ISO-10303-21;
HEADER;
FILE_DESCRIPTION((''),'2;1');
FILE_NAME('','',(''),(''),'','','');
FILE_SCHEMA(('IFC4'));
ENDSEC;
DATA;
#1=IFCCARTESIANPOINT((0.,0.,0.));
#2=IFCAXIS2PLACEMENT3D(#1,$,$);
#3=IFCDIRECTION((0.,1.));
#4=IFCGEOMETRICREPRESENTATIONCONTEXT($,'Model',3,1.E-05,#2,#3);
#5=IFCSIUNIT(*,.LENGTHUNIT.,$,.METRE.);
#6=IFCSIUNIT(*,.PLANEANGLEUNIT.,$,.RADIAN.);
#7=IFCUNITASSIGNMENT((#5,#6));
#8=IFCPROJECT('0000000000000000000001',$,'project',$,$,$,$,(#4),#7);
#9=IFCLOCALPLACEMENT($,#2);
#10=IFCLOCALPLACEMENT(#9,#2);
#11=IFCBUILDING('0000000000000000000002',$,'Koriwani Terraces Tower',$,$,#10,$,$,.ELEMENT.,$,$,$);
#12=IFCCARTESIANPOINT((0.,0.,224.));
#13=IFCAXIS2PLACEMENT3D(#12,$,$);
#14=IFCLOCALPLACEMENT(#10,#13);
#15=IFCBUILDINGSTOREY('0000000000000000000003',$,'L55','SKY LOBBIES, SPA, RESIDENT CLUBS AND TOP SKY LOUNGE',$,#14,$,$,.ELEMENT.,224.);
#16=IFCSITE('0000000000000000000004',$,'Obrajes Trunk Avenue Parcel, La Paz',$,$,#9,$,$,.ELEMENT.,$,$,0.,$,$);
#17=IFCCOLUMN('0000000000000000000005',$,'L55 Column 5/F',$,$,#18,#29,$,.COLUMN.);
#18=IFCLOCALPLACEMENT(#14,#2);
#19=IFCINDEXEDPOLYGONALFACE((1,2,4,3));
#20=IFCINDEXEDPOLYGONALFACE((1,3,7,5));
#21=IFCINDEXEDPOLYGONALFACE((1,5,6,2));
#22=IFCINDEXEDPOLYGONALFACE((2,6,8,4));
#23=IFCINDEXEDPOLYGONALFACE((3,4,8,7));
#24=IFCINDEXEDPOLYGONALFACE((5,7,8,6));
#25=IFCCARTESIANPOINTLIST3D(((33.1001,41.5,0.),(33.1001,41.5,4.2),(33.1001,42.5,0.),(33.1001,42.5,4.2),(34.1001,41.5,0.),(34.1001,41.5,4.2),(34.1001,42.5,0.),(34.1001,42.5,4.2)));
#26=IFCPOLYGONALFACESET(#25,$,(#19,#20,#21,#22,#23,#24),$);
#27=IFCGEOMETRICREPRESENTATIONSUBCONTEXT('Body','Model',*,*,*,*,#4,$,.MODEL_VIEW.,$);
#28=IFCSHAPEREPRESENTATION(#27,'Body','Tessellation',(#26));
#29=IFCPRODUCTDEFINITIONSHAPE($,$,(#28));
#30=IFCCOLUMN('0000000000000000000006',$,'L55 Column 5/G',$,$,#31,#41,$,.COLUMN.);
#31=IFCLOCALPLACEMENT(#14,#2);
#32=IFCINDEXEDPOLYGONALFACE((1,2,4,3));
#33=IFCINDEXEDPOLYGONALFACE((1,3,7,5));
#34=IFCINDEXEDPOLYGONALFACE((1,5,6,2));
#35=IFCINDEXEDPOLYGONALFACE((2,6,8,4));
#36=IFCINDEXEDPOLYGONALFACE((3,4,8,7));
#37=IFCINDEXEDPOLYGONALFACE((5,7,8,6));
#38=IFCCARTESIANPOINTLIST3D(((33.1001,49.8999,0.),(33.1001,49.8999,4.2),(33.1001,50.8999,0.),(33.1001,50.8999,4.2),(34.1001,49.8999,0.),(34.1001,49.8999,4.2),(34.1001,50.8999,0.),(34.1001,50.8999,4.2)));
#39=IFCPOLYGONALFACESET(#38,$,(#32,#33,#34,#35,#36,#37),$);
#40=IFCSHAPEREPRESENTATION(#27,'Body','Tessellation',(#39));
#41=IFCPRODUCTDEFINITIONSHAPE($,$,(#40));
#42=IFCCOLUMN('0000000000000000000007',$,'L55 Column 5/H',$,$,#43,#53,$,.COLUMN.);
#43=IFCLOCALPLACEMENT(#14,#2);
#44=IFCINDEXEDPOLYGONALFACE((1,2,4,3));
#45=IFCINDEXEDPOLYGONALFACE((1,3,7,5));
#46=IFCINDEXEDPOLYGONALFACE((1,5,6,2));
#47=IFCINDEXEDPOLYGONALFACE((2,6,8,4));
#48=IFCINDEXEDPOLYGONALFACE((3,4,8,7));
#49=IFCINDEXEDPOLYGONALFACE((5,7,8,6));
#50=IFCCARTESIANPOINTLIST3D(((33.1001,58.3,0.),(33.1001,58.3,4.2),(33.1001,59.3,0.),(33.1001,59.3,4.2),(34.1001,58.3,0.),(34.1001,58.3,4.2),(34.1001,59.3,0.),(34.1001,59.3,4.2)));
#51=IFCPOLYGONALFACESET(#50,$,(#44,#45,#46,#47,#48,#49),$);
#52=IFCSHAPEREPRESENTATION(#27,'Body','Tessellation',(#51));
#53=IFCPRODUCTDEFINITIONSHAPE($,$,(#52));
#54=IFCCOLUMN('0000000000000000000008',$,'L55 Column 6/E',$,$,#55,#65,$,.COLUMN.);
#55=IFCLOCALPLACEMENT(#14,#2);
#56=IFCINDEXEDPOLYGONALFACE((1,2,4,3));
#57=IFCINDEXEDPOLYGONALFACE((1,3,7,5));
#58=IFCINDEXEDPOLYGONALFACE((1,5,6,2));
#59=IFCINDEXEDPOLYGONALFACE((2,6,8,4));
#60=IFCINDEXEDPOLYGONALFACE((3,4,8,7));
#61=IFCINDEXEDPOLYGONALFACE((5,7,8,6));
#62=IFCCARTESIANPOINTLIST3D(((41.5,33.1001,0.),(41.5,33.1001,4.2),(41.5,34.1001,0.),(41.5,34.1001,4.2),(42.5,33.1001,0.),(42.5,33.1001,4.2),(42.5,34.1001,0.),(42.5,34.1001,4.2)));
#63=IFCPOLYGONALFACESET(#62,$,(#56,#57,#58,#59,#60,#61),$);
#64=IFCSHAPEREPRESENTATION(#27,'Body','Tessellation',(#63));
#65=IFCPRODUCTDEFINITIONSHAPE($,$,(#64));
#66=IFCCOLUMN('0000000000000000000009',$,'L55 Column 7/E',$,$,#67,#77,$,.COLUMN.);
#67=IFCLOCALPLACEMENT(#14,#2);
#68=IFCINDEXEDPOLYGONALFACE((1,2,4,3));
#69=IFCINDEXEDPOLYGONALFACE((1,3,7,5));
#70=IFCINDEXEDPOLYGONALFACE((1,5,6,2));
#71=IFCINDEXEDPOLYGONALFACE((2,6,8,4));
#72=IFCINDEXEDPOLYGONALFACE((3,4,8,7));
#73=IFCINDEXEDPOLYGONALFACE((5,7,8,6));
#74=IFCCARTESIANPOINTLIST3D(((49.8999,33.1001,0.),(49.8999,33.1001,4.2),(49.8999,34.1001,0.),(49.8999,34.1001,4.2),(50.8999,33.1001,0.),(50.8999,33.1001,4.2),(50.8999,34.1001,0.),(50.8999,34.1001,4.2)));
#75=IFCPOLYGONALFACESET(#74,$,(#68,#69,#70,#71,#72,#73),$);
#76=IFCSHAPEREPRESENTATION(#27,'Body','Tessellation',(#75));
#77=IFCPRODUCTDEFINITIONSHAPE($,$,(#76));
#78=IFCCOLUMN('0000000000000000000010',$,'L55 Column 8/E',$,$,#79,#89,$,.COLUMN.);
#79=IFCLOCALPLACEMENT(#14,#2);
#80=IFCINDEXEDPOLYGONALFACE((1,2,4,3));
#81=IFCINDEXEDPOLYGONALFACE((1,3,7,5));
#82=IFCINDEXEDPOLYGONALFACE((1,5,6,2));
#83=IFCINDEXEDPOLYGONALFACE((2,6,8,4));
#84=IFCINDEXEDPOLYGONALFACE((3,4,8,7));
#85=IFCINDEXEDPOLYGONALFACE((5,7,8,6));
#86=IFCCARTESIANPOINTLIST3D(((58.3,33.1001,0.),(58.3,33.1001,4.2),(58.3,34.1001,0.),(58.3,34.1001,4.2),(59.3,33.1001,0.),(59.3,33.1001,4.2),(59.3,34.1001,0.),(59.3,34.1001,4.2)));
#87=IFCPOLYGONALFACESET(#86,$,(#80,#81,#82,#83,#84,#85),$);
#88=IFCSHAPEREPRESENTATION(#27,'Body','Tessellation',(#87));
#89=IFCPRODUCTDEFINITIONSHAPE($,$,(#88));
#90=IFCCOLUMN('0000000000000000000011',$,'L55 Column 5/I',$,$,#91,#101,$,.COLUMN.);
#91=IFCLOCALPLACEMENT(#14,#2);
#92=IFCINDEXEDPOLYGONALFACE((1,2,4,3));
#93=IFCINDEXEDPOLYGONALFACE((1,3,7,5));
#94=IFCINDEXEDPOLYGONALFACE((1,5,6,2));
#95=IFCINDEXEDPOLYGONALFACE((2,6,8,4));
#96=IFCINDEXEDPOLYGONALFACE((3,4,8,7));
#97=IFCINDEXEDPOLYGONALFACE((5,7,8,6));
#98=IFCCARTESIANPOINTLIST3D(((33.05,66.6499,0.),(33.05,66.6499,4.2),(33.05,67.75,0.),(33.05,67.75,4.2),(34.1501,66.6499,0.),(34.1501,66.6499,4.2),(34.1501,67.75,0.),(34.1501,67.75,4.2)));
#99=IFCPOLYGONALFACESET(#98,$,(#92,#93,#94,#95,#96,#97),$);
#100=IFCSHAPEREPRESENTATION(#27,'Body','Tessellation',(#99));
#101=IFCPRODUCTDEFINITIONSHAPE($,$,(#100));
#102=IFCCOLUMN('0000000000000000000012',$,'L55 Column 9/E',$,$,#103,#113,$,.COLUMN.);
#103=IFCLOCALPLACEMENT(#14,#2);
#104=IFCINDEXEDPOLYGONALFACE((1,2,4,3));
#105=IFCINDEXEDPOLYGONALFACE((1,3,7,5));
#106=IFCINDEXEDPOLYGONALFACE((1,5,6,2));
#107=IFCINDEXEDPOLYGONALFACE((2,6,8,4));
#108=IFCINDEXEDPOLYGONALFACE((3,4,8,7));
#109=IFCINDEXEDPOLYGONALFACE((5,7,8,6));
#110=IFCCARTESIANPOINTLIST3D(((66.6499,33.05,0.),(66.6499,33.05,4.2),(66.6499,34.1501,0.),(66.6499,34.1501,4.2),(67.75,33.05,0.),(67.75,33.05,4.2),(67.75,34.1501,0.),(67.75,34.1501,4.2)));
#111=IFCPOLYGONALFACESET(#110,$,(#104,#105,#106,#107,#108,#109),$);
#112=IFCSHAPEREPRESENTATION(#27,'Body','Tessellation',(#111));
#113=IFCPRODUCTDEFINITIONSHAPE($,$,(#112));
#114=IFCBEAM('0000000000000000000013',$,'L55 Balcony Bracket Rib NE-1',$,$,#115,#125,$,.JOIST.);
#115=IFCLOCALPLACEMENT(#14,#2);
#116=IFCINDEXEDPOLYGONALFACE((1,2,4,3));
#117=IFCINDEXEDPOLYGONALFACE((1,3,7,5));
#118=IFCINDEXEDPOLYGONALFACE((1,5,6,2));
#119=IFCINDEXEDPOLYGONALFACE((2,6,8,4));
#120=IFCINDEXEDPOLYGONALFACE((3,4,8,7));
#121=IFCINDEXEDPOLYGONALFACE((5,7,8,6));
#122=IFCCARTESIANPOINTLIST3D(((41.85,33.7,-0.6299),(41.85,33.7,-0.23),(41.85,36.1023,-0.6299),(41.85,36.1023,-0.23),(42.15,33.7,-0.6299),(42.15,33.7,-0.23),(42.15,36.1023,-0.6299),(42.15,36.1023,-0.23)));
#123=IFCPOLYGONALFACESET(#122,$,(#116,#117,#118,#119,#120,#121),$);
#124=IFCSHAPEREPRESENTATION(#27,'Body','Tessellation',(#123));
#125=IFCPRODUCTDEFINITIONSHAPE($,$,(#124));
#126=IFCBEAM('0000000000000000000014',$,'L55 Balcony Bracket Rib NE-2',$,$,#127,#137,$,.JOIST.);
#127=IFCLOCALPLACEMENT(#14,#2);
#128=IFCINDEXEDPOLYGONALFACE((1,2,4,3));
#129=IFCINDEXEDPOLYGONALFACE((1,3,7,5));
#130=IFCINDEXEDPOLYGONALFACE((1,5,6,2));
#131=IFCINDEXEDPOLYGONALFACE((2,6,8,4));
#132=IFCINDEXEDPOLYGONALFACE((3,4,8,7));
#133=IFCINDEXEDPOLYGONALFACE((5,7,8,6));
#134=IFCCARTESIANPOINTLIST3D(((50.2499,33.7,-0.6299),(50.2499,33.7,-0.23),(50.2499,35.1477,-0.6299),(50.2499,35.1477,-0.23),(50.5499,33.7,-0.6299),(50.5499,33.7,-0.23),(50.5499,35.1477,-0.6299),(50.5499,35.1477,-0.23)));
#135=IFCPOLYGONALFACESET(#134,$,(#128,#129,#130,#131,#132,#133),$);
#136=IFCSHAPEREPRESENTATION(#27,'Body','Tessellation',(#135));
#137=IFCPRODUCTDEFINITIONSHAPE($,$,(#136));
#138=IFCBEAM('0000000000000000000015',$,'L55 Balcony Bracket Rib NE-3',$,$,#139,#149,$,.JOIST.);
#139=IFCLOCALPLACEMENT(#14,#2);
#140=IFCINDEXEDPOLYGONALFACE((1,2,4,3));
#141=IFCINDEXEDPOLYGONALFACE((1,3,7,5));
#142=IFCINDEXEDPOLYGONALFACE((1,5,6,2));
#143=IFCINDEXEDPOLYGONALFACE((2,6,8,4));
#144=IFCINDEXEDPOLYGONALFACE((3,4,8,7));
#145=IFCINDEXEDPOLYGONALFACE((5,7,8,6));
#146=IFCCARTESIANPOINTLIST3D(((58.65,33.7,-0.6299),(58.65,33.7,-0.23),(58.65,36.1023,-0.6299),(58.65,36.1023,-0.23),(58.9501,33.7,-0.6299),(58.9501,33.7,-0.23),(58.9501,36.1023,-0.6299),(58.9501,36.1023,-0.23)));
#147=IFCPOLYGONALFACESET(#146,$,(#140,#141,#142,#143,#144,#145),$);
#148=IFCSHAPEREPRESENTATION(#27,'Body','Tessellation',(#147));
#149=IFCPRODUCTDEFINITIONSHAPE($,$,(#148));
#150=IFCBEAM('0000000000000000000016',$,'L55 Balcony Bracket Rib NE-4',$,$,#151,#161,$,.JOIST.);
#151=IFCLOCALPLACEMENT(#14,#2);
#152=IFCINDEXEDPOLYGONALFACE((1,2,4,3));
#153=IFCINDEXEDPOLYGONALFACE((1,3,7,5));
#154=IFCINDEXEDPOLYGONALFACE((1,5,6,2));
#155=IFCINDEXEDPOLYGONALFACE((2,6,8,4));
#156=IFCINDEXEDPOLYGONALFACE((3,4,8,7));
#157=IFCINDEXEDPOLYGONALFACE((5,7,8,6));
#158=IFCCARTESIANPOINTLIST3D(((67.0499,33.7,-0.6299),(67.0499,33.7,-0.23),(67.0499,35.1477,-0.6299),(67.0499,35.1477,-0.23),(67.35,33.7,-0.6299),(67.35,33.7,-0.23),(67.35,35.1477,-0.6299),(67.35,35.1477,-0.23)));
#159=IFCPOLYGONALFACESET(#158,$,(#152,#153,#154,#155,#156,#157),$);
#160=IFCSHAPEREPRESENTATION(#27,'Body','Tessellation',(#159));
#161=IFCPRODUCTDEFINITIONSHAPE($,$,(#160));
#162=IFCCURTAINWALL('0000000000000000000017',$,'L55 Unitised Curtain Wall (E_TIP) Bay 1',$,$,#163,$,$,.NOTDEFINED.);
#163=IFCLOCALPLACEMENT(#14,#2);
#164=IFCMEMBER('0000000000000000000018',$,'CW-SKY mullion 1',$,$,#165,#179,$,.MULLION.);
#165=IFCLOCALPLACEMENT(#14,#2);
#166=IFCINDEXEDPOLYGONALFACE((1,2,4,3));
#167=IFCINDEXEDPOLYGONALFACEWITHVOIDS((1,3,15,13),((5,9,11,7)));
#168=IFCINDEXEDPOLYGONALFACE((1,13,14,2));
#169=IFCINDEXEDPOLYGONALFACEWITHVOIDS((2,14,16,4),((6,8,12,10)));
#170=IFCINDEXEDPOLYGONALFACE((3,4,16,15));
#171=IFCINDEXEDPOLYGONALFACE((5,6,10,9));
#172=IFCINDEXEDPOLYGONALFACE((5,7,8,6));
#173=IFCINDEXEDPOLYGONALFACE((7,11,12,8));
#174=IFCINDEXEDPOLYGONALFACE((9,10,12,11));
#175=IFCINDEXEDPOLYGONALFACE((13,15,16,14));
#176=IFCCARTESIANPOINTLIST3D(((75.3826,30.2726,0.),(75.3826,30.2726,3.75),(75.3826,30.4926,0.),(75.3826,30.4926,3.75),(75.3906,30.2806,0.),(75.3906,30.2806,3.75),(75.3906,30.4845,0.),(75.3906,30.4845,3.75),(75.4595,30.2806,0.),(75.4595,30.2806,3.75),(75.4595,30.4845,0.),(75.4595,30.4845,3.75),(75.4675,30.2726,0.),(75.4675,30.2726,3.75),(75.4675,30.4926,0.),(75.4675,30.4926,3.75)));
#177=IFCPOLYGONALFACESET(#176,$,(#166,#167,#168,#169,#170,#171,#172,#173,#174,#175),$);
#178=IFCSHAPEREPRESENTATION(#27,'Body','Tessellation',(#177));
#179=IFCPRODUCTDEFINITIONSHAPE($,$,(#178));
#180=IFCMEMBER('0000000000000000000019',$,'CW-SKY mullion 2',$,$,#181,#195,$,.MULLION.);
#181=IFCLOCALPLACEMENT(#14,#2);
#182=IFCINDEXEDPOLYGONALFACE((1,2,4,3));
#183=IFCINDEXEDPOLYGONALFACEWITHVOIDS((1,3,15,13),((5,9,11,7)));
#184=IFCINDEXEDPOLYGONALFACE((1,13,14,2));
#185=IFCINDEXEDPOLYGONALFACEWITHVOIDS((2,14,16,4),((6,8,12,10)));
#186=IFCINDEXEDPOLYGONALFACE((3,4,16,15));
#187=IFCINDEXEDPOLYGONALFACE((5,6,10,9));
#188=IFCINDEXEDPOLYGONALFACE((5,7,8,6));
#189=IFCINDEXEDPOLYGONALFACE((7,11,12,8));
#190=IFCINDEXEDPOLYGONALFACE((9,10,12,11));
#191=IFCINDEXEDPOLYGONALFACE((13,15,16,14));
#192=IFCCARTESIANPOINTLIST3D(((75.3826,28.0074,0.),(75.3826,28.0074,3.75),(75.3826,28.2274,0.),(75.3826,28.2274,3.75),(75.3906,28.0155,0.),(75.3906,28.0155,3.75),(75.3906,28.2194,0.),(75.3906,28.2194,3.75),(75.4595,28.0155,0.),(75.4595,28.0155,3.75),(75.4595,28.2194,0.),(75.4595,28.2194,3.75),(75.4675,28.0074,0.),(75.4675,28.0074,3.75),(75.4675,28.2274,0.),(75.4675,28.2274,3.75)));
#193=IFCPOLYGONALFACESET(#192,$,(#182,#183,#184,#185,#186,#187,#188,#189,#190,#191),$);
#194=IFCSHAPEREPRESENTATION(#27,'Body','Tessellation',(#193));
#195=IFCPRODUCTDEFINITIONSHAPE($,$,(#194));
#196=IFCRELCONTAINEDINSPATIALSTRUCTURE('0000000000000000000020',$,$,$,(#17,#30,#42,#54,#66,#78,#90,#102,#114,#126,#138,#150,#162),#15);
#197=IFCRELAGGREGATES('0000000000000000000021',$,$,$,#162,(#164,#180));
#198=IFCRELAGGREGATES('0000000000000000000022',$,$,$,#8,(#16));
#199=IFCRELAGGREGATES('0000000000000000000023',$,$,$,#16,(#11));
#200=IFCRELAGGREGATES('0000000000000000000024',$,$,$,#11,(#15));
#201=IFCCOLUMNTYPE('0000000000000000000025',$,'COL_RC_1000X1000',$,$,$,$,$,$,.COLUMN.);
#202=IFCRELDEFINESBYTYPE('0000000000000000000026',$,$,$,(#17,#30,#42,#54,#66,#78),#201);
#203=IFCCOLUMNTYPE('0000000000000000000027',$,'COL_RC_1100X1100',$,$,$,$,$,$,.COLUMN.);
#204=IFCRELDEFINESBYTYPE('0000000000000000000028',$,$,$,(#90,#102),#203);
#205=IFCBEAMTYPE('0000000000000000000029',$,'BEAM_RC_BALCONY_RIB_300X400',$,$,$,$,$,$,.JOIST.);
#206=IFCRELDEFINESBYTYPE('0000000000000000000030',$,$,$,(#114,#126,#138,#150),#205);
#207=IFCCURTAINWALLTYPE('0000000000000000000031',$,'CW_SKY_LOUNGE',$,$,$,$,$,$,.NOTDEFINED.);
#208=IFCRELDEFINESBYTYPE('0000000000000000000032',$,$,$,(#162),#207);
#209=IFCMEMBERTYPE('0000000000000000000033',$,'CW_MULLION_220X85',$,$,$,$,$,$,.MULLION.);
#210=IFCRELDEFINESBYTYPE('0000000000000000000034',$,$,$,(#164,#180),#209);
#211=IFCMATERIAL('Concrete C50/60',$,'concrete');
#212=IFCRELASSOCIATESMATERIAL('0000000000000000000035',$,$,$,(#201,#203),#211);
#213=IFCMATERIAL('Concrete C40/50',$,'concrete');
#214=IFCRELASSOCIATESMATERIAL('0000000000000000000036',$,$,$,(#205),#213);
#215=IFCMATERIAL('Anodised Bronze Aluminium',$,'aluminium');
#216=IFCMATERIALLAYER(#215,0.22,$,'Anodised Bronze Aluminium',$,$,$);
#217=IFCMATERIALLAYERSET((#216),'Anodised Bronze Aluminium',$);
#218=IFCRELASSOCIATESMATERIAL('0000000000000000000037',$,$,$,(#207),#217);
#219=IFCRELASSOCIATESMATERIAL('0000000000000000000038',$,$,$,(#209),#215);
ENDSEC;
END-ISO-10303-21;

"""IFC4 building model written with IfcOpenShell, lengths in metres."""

from ifc_helpers import new_model, si_unit, direction, frame, origin, origin_2d, place, context, subcontext, project, spatial, rectangle, hollow_rectangle, extrude, material, layer, layer_set, material_profile, profile_set, type_object, element, aggregate, save


model = new_model("IFC4")

# Units and contexts
model_context = context("Model", 3, precision=1e-05, world=origin(), true_north=direction((0.0, 1.0)))
body_context = subcontext(model_context, "Body", "Model", "MODEL_VIEW")
ifc_project = project(units=[si_unit("LENGTHUNIT", "METRE"), si_unit("PLANEANGLEUNIT", "RADIAN")], contexts=[model_context])

# Site, building, storey
site_placement = place(None, origin())
site = spatial("IfcSite", under=ifc_project, at=site_placement, Name="Obrajes Trunk Avenue Parcel, La Paz", CompositionType="ELEMENT", RefElevation=0.0)
building_placement = place(site_placement, origin())
building = spatial("IfcBuilding", under=site, at=building_placement, Name="Koriwani Terraces Tower", CompositionType="ELEMENT")
storey_placement = place(building_placement, frame((0.0, 0.0, 224.0)))
storey = spatial("IfcBuildingStorey", under=building, at=storey_placement, Name="L55", Description="SKY LOBBIES, SPA, RESIDENT CLUBS AND TOP SKY LOUNGE", CompositionType="ELEMENT", Elevation=224.0)

# Columns
ifc_material_1 = material(Name="Concrete C50/60", Category="concrete")
ifc_material_profile_1 = material_profile(ifc_material_1, rectangle(XDim=1.0, YDim=1.0, at=origin_2d()), Name="Concrete C50/60", Category="LoadBearing")
ifc_profile_set_1 = profile_set([ifc_material_profile_1], Name="Concrete C50/60")
column_type_1 = type_object("IfcColumnType", Name="COL_RC_1000X1000", PredefinedType="COLUMN", material=ifc_profile_set_1)
for number, where, z_axis, x_axis, name in (
    (1, (33.6001, 42.0, 0.0), (0.0, 0.0, 1.0), (1.0, 0.0, 0.0), "L55 Column 5/F"),
    (2, (33.6001, 50.3999, 0.0), (0.0, 0.0, 1.0), (1.0, 0.0, 0.0), "L55 Column 5/G"),
    (3, (33.6001, 58.8, 0.0), (0.0, 0.0, 1.0), (1.0, 0.0, 0.0), "L55 Column 5/H"),
    (4, (42.0, 33.6001, 0.0), (0.0, 0.0, 1.0), (1.0, 0.0, 0.0), "L55 Column 6/E"),
    (5, (50.3999, 33.6001, 0.0), (0.0, 0.0, 1.0), (1.0, 0.0, 0.0), "L55 Column 7/E"),
    (6, (58.8, 33.6001, 0.0), (0.0, 0.0, 1.0), (1.0, 0.0, 0.0), "L55 Column 8/E"),
):
    element("IfcColumn", number, at=place(storey_placement, frame(where, z_axis=z_axis, x_axis=x_axis)), inside=storey, type_object=column_type_1, Name=name, PredefinedType="COLUMN", context=body_context, shape_type="SweptSolid", body=[
        extrude(rectangle(XDim=1.0, YDim=1.0, at=origin_2d()), origin(), (0.0, 0.0, 1.0), 4.2),
    ])
ifc_material_profile_2 = material_profile(ifc_material_1, rectangle(XDim=1.1001, YDim=1.1001, at=origin_2d()), Name="Concrete C50/60", Category="LoadBearing")
ifc_profile_set_2 = profile_set([ifc_material_profile_2], Name="Concrete C50/60")
column_type_2 = type_object("IfcColumnType", Name="COL_RC_1100X1100", PredefinedType="COLUMN", material=ifc_profile_set_2)
for number, where, z_axis, x_axis, name in (
    (7, (33.6001, 67.2, 0.0), (0.0, 0.0, 1.0), (1.0, 0.0, 0.0), "L55 Column 5/I"),
    (8, (67.2, 33.6001, 0.0), (0.0, 0.0, 1.0), (1.0, 0.0, 0.0), "L55 Column 9/E"),
):
    element("IfcColumn", number, at=place(storey_placement, frame(where, z_axis=z_axis, x_axis=x_axis)), inside=storey, type_object=column_type_2, Name=name, PredefinedType="COLUMN", context=body_context, shape_type="SweptSolid", body=[
        extrude(rectangle(XDim=1.1001, YDim=1.1001, at=origin_2d()), origin(), (0.0, 0.0, 1.0), 4.2),
    ])

# Beams
ifc_material_2 = material(Name="Concrete C40/50", Category="concrete")
ifc_material_profile_3 = material_profile(ifc_material_2, rectangle(XDim=0.3, YDim=0.3999, at=origin_2d()), Name="Concrete C40/50", Category="LoadBearing")
ifc_profile_set_3 = profile_set([ifc_material_profile_3], Name="Concrete C40/50")
beam_type = type_object("IfcBeamType", Name="BEAM_RC_BALCONY_RIB_300X400", PredefinedType="JOIST", material=ifc_profile_set_3)
beam_1_placement = place(storey_placement, frame((42.0, 33.7, -0.4299), z_axis=(0.0, 1.0, 0.0), x_axis=(-1.0, 0.0, 0.0)))
element("IfcBeam", 9, at=beam_1_placement, inside=storey, type_object=beam_type, Name="L55 Balcony Bracket Rib NE-1", PredefinedType="JOIST", context=body_context, shape_type="SweptSolid", body=[
    extrude(rectangle(XDim=0.3, YDim=0.3999, at=origin_2d()), origin(), (0.0, 0.0, 1.0), 2.4023),
])
beam_2_placement = place(storey_placement, frame((50.3999, 33.7, -0.4299), z_axis=(0.0, 1.0, 0.0), x_axis=(-1.0, 0.0, 0.0)))
element("IfcBeam", 10, at=beam_2_placement, inside=storey, type_object=beam_type, Name="L55 Balcony Bracket Rib NE-2", PredefinedType="JOIST", context=body_context, shape_type="SweptSolid", body=[
    extrude(rectangle(XDim=0.3, YDim=0.3999, at=origin_2d()), origin(), (0.0, 0.0, 1.0), 1.4478),
])
beam_3_placement = place(storey_placement, frame((58.8, 33.7, -0.4299), z_axis=(0.0, 1.0, 0.0), x_axis=(-1.0, 0.0, 0.0)))
element("IfcBeam", 11, at=beam_3_placement, inside=storey, type_object=beam_type, Name="L55 Balcony Bracket Rib NE-3", PredefinedType="JOIST", context=body_context, shape_type="SweptSolid", body=[
    extrude(rectangle(XDim=0.3, YDim=0.3999, at=origin_2d()), origin(), (0.0, 0.0, 1.0), 2.4023),
])
beam_4_placement = place(storey_placement, frame((67.2, 33.7, -0.4299), z_axis=(0.0, 1.0, 0.0), x_axis=(-1.0, 0.0, 0.0)))
element("IfcBeam", 12, at=beam_4_placement, inside=storey, type_object=beam_type, Name="L55 Balcony Bracket Rib NE-4", PredefinedType="JOIST", context=body_context, shape_type="SweptSolid", body=[
    extrude(rectangle(XDim=0.3, YDim=0.3999, at=origin_2d()), origin(), (0.0, 0.0, 1.0), 1.4478),
])

# Curtain wall, members
ifc_material_3 = material(Name="Anodised Bronze Aluminium", Category="aluminium")
ifc_layer_1 = layer(ifc_material_3, 0.22, Name="Anodised Bronze Aluminium")
ifc_layer_set_1 = layer_set([ifc_layer_1], Name="Anodised Bronze Aluminium")
curtain_wall_type = type_object("IfcCurtainWallType", Name="CW_SKY_LOUNGE", PredefinedType="NOTDEFINED", material=ifc_layer_set_1)
curtain_wall_placement = place(storey_placement, origin())
curtain_wall = element("IfcCurtainWall", 13, at=curtain_wall_placement, inside=storey, type_object=curtain_wall_type, Name="L55 Unitised Curtain Wall (E_TIP) Bay 1", PredefinedType="NOTDEFINED")
ifc_material_profile_4 = material_profile(ifc_material_3, hollow_rectangle(XDim=0.085, YDim=0.22, WallThickness=0.0081, at=origin_2d()), Name="Anodised Bronze Aluminium", Category="LoadBearing")
ifc_profile_set_4 = profile_set([ifc_material_profile_4], Name="Anodised Bronze Aluminium")
member_type_1 = type_object("IfcMemberType", Name="CW_MULLION_220X85", PredefinedType="MULLION", material=ifc_profile_set_4)
member_1_placement = place(storey_placement, frame((75.425, 30.3826, 0.0), z_axis=(0.0, 0.0, 1.0), x_axis=(1.0, 0.0, 0.0)))
member_1 = element("IfcMember", 14, at=member_1_placement, type_object=member_type_1, Name="CW-SKY mullion 1", PredefinedType="MULLION", context=body_context, shape_type="SweptSolid", body=[
    extrude(hollow_rectangle(XDim=0.085, YDim=0.22, WallThickness=0.0081, at=origin_2d()), origin(), (0.0, 0.0, 1.0), 3.75),
])
member_2_placement = place(storey_placement, frame((75.425, 28.1174, 0.0), z_axis=(0.0, 0.0, 1.0), x_axis=(1.0, 0.0, 0.0)))
member_2 = element("IfcMember", 15, at=member_2_placement, type_object=member_type_1, Name="CW-SKY mullion 2", PredefinedType="MULLION", context=body_context, shape_type="SweptSolid", body=[
    extrude(hollow_rectangle(XDim=0.085, YDim=0.22, WallThickness=0.0081, at=origin_2d()), origin(), (0.0, 0.0, 1.0), 3.75),
])
aggregate(curtain_wall, [member_1, member_2])

save(model, "model.ifc")
